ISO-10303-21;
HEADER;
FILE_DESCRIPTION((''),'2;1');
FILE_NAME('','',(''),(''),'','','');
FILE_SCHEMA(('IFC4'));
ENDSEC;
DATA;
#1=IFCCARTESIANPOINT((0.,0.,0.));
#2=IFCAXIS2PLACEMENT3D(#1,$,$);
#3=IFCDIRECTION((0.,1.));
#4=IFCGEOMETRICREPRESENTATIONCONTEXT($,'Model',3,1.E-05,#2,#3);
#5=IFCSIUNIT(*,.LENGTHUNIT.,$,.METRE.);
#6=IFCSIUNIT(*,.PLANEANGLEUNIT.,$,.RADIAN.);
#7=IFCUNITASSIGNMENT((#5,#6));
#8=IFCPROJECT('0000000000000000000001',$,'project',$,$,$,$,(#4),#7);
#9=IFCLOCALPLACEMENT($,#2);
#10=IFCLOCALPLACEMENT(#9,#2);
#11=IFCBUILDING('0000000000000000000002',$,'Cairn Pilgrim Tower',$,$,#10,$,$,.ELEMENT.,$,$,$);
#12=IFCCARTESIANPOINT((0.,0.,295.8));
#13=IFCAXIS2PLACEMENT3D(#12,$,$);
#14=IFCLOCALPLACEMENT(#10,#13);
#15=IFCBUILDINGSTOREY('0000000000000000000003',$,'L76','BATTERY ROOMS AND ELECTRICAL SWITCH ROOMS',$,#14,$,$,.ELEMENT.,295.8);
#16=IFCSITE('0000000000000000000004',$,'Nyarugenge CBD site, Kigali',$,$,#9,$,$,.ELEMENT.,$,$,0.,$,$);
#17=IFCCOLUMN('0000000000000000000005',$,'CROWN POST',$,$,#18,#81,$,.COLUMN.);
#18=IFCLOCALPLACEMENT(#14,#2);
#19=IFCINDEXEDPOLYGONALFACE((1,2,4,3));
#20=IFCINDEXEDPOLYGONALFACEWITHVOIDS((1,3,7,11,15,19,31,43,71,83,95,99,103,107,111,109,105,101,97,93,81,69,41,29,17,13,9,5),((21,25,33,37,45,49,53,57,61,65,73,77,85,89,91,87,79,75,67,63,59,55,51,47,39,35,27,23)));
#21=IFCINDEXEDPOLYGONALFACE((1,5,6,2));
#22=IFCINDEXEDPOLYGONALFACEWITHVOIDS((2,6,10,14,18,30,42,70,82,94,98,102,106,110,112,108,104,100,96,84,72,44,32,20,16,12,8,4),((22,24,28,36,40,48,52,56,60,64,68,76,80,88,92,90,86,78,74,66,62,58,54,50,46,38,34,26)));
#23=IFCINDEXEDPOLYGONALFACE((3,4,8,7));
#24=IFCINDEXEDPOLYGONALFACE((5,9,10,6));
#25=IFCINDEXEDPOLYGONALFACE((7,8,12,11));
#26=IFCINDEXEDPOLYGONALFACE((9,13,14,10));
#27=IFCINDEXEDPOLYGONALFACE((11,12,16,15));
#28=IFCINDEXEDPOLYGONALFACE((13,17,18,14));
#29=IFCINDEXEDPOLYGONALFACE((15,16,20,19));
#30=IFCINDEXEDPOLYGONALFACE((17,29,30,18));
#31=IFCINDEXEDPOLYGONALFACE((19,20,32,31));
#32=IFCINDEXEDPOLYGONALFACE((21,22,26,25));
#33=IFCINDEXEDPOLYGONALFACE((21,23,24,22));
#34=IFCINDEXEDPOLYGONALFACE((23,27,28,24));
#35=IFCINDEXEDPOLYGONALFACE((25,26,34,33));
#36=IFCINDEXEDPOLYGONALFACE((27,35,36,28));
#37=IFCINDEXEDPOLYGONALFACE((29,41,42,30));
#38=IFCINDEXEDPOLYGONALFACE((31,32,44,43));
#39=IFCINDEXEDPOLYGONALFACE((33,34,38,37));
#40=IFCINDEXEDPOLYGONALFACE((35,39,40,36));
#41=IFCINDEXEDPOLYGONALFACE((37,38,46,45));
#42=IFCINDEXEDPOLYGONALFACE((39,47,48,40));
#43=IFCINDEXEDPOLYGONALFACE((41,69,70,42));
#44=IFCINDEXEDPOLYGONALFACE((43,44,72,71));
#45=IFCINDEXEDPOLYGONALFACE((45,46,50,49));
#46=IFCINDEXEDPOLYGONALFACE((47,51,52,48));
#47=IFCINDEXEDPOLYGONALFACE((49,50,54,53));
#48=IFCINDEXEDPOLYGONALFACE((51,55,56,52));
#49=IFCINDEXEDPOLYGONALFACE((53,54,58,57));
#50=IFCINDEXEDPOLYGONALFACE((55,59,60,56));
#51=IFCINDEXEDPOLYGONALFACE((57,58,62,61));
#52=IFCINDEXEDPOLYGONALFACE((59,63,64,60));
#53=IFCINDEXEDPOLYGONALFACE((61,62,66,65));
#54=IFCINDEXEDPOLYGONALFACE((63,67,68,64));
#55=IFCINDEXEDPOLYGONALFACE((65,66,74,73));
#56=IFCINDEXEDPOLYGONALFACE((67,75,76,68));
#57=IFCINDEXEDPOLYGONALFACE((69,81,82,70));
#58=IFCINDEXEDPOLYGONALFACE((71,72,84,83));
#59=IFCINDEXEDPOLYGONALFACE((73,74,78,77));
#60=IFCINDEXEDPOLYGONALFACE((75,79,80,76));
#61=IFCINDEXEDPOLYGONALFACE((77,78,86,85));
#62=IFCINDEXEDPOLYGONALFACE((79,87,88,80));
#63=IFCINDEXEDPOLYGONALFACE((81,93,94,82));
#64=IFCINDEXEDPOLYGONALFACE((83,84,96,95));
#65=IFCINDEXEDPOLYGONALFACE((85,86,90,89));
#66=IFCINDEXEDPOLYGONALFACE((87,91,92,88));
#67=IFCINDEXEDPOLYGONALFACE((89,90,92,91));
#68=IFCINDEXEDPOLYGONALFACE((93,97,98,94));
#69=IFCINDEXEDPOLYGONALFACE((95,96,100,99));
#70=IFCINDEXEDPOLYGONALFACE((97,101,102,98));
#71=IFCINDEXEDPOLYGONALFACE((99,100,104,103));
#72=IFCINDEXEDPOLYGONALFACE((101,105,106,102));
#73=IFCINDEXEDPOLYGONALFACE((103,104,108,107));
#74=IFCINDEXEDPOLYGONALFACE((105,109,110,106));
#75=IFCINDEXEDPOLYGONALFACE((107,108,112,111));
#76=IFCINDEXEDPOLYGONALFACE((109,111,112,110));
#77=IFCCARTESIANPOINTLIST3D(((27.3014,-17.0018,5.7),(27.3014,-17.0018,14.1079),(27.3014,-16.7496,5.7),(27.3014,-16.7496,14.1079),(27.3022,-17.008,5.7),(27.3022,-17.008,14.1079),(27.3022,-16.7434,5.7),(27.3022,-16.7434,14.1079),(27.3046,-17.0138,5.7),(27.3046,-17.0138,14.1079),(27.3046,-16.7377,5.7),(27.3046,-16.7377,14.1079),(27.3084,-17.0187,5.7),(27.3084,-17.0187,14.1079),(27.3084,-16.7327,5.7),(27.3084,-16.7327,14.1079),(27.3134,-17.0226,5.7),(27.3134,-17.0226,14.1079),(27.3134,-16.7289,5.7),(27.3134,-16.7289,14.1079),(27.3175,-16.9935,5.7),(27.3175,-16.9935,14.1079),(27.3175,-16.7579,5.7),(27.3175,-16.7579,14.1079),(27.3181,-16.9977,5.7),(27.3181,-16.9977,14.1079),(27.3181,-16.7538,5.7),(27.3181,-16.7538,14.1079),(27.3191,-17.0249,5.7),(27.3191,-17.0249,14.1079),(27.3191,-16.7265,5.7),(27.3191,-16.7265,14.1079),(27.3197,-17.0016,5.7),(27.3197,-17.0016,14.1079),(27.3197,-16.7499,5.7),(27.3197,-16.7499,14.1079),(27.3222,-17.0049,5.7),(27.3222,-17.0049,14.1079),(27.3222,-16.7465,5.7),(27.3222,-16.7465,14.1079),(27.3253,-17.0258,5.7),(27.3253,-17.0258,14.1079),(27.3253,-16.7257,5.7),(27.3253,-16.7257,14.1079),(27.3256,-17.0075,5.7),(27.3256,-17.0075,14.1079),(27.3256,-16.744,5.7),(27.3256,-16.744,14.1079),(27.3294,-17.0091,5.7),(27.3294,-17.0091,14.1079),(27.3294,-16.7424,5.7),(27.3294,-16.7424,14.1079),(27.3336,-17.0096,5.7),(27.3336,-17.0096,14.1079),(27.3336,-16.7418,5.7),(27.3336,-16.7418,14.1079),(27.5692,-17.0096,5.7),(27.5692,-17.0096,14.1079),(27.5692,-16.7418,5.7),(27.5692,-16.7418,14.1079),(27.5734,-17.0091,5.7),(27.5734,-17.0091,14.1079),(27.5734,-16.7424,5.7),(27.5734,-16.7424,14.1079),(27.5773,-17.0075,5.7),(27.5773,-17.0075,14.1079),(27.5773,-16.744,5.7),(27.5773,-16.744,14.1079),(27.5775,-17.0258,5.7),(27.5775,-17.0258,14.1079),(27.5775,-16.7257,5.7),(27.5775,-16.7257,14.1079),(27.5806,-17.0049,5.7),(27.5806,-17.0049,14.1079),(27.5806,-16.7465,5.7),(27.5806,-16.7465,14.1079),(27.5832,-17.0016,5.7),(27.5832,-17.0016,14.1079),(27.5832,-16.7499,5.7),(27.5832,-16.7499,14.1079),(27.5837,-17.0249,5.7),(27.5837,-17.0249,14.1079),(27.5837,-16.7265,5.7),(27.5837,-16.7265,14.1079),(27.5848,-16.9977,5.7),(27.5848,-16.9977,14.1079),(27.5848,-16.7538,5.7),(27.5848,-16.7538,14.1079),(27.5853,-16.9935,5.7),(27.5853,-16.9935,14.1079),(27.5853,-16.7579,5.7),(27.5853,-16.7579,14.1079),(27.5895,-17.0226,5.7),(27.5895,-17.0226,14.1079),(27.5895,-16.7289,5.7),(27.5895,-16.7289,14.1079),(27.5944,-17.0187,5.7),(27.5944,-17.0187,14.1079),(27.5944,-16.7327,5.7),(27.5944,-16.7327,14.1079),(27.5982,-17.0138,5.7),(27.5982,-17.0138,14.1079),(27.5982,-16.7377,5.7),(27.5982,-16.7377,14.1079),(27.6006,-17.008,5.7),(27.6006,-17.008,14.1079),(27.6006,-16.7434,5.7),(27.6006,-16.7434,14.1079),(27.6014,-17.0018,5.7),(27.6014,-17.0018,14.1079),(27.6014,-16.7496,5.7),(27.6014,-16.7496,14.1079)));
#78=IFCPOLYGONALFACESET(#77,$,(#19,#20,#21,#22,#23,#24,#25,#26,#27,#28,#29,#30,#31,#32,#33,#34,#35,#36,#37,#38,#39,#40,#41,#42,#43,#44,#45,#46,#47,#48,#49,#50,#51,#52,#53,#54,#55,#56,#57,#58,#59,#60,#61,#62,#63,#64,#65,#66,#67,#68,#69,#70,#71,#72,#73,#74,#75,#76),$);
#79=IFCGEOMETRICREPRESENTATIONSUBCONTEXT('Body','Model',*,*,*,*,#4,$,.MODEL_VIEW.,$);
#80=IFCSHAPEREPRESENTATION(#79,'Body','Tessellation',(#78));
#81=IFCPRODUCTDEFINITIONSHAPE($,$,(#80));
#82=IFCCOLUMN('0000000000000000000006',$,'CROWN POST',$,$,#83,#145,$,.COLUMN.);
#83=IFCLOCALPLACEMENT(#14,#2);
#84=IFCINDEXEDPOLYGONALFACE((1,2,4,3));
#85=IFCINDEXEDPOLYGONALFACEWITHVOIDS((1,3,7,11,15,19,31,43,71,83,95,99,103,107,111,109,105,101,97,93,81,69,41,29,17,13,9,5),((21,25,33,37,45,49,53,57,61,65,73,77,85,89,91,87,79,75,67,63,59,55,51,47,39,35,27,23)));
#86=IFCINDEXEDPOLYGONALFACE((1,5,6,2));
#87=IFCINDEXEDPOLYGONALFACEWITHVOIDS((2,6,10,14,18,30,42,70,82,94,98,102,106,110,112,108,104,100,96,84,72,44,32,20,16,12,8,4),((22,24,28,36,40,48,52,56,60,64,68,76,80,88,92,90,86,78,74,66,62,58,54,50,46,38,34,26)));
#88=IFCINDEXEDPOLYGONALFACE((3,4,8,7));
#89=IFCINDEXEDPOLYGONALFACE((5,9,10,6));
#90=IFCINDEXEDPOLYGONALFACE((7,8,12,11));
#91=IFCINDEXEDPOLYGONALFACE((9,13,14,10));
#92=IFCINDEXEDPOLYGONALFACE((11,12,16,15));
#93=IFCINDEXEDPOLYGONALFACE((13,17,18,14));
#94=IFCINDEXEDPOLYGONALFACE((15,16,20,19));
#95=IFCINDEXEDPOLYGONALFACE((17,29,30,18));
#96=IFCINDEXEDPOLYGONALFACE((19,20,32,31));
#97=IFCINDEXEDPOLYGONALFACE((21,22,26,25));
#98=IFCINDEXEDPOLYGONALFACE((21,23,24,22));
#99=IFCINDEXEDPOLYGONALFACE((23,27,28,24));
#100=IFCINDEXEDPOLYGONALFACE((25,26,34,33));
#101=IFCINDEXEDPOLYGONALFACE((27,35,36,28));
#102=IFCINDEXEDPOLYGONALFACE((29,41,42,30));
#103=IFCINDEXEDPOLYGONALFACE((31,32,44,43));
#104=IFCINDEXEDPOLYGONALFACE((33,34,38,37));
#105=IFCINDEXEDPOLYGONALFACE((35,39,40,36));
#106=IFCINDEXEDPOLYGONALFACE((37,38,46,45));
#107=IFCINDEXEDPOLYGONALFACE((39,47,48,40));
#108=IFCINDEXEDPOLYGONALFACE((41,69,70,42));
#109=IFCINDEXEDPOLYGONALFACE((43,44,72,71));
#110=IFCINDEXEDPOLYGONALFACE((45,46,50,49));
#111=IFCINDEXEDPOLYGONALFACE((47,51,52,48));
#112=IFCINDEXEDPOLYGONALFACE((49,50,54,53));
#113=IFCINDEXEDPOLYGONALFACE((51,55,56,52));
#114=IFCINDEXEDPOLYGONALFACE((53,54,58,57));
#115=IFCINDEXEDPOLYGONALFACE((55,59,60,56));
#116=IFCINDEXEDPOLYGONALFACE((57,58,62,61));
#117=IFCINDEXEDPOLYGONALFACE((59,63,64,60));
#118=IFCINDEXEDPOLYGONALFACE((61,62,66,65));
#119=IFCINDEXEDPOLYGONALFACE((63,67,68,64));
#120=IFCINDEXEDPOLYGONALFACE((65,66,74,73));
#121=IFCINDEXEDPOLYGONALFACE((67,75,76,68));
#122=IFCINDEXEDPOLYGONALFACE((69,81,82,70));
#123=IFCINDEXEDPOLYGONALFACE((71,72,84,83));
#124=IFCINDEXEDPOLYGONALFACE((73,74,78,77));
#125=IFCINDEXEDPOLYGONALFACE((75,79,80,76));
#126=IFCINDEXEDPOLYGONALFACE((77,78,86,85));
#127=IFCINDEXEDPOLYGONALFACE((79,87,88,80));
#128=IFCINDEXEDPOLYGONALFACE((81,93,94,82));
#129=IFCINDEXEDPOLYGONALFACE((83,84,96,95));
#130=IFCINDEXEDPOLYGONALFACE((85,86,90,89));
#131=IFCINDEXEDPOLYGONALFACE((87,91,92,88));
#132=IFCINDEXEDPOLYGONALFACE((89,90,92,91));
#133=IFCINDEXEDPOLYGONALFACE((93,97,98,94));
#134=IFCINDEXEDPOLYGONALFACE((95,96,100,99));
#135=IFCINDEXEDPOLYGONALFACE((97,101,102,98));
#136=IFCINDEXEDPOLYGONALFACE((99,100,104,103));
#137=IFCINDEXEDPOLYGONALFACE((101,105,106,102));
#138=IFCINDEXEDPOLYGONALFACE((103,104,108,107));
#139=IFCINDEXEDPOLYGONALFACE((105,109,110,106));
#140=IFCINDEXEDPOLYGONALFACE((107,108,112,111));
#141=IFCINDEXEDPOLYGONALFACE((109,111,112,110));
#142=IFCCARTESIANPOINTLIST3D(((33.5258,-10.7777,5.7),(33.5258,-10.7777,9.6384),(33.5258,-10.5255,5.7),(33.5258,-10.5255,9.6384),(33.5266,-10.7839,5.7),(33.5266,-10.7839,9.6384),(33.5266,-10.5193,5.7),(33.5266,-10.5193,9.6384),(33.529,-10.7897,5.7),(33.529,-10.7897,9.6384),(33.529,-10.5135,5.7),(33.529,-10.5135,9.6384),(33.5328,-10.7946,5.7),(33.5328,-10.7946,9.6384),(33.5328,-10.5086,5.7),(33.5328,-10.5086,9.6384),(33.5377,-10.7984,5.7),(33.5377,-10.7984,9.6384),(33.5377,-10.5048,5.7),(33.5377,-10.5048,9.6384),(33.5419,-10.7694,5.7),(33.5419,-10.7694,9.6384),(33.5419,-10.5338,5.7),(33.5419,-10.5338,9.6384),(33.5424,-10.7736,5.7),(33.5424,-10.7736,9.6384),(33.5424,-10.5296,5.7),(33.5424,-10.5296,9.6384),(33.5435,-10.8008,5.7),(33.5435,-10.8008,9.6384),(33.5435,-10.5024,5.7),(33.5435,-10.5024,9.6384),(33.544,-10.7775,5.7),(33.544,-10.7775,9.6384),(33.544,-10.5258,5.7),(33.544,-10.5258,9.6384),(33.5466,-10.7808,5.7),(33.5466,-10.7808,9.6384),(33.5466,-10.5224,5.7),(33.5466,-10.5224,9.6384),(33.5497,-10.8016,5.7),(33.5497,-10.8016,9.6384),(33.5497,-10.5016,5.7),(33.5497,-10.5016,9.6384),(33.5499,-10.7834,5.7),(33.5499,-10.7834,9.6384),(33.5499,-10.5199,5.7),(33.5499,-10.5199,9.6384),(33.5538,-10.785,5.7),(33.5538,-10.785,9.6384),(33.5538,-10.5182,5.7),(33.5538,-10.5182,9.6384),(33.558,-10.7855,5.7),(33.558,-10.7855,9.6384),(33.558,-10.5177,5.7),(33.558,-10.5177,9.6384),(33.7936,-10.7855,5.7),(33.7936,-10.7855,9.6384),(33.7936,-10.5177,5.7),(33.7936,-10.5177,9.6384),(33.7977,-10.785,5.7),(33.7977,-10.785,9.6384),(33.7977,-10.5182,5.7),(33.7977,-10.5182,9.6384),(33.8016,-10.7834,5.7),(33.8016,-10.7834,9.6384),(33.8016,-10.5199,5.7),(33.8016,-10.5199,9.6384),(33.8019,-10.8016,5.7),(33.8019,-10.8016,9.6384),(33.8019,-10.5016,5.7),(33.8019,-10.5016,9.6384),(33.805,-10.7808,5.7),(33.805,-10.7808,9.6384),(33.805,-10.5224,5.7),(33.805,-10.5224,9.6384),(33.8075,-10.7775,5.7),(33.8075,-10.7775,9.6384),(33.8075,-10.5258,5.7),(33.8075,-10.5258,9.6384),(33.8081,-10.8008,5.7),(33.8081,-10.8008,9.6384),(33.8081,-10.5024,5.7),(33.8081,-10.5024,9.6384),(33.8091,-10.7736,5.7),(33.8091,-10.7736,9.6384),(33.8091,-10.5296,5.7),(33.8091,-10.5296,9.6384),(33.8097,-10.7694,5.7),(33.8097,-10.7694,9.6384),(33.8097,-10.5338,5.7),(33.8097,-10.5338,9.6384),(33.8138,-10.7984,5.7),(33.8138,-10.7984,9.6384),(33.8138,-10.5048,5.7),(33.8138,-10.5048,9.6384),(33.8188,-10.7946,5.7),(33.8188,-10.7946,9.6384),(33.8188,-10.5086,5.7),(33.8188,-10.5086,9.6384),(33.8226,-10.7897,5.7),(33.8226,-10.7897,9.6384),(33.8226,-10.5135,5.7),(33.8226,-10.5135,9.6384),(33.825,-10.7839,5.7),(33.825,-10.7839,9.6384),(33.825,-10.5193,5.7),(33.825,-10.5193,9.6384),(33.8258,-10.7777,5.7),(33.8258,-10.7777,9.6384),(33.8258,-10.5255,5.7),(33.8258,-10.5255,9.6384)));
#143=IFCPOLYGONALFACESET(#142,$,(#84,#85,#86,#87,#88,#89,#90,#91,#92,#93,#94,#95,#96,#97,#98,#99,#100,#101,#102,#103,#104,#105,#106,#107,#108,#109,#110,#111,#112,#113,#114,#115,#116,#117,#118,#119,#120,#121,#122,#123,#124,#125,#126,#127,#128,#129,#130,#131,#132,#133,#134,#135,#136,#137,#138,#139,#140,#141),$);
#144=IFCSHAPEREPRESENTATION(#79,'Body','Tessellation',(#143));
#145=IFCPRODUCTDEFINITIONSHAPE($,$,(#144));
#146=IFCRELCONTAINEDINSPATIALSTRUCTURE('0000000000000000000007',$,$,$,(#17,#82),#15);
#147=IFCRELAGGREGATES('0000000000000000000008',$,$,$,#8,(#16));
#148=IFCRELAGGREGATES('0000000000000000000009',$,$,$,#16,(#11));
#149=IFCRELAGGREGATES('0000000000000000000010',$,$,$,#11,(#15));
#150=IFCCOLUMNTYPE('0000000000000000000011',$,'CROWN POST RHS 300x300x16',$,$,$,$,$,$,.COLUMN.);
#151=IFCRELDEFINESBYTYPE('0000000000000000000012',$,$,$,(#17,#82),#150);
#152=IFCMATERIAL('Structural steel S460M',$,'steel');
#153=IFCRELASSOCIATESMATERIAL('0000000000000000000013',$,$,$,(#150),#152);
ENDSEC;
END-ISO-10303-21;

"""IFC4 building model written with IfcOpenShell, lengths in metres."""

from ifc_helpers import new_model, si_unit, direction, frame, origin, origin_2d, place, context, subcontext, project, spatial, hollow_rectangle, extrude, material, material_profile, profile_set, type_object, element, save


model = new_model("IFC4")

# Units and contexts
model_context = context("Model", 3, precision=1e-05, world=origin(), true_north=direction((0.0, 1.0)))
body_context = subcontext(model_context, "Body", "Model", "MODEL_VIEW")
ifc_project = project(units=[si_unit("LENGTHUNIT", "METRE"), si_unit("PLANEANGLEUNIT", "RADIAN")], contexts=[model_context])

# Site, building, storey
site_placement = place(None, origin())
site = spatial("IfcSite", under=ifc_project, at=site_placement, Name="Nyarugenge CBD site, Kigali", CompositionType="ELEMENT", RefElevation=0.0)
building_placement = place(site_placement, origin())
building = spatial("IfcBuilding", under=site, at=building_placement, Name="Cairn Pilgrim Tower", CompositionType="ELEMENT")
storey_placement = place(building_placement, frame((0.0, 0.0, 295.8)))
storey = spatial("IfcBuildingStorey", under=building, at=storey_placement, Name="L76", Description="BATTERY ROOMS AND ELECTRICAL SWITCH ROOMS", CompositionType="ELEMENT", Elevation=295.8)

# Columns
ifc_material_1 = material(Name="Structural steel S460M", Category="steel")
ifc_material_profile_1 = material_profile(ifc_material_1, hollow_rectangle(XDim=0.3, YDim=0.3, WallThickness=0.0161, InnerFilletRadius=0.0161, OuterFilletRadius=0.0239, at=origin_2d()), Name="SHS 300x300x16")
ifc_profile_set_1 = profile_set([ifc_material_profile_1], Name="Structural steel S460M")
column_type_1 = type_object("IfcColumnType", Name="CROWN POST RHS 300x300x16", PredefinedType="COLUMN", material=ifc_profile_set_1)
column_1_placement = place(storey_placement, frame((27.4514, -16.8757, 5.7), z_axis=(0.0, 0.0, 1.0), x_axis=(1.0, 0.0, 0.0)))
element("IfcColumn", 1, at=column_1_placement, inside=storey, type_object=column_type_1, Name="CROWN POST", PredefinedType="COLUMN", context=body_context, shape_type="SweptSolid", body=[
    extrude(hollow_rectangle(XDim=0.3, YDim=0.3, WallThickness=0.0161, InnerFilletRadius=0.0161, OuterFilletRadius=0.0239, at=origin_2d()), origin(), (0.0, 0.0, 1.0), 8.408),
])
column_2_placement = place(storey_placement, frame((33.6758, -10.6516, 5.7), z_axis=(0.0, 0.0, 1.0), x_axis=(1.0, 0.0, 0.0)))
element("IfcColumn", 2, at=column_2_placement, inside=storey, type_object=column_type_1, Name="CROWN POST", PredefinedType="COLUMN", context=body_context, shape_type="SweptSolid", body=[
    extrude(hollow_rectangle(XDim=0.3, YDim=0.3, WallThickness=0.0161, InnerFilletRadius=0.0161, OuterFilletRadius=0.0239, at=origin_2d()), origin(), (0.0, 0.0, 1.0), 3.9385),
])

save(model, "model.ifc")
